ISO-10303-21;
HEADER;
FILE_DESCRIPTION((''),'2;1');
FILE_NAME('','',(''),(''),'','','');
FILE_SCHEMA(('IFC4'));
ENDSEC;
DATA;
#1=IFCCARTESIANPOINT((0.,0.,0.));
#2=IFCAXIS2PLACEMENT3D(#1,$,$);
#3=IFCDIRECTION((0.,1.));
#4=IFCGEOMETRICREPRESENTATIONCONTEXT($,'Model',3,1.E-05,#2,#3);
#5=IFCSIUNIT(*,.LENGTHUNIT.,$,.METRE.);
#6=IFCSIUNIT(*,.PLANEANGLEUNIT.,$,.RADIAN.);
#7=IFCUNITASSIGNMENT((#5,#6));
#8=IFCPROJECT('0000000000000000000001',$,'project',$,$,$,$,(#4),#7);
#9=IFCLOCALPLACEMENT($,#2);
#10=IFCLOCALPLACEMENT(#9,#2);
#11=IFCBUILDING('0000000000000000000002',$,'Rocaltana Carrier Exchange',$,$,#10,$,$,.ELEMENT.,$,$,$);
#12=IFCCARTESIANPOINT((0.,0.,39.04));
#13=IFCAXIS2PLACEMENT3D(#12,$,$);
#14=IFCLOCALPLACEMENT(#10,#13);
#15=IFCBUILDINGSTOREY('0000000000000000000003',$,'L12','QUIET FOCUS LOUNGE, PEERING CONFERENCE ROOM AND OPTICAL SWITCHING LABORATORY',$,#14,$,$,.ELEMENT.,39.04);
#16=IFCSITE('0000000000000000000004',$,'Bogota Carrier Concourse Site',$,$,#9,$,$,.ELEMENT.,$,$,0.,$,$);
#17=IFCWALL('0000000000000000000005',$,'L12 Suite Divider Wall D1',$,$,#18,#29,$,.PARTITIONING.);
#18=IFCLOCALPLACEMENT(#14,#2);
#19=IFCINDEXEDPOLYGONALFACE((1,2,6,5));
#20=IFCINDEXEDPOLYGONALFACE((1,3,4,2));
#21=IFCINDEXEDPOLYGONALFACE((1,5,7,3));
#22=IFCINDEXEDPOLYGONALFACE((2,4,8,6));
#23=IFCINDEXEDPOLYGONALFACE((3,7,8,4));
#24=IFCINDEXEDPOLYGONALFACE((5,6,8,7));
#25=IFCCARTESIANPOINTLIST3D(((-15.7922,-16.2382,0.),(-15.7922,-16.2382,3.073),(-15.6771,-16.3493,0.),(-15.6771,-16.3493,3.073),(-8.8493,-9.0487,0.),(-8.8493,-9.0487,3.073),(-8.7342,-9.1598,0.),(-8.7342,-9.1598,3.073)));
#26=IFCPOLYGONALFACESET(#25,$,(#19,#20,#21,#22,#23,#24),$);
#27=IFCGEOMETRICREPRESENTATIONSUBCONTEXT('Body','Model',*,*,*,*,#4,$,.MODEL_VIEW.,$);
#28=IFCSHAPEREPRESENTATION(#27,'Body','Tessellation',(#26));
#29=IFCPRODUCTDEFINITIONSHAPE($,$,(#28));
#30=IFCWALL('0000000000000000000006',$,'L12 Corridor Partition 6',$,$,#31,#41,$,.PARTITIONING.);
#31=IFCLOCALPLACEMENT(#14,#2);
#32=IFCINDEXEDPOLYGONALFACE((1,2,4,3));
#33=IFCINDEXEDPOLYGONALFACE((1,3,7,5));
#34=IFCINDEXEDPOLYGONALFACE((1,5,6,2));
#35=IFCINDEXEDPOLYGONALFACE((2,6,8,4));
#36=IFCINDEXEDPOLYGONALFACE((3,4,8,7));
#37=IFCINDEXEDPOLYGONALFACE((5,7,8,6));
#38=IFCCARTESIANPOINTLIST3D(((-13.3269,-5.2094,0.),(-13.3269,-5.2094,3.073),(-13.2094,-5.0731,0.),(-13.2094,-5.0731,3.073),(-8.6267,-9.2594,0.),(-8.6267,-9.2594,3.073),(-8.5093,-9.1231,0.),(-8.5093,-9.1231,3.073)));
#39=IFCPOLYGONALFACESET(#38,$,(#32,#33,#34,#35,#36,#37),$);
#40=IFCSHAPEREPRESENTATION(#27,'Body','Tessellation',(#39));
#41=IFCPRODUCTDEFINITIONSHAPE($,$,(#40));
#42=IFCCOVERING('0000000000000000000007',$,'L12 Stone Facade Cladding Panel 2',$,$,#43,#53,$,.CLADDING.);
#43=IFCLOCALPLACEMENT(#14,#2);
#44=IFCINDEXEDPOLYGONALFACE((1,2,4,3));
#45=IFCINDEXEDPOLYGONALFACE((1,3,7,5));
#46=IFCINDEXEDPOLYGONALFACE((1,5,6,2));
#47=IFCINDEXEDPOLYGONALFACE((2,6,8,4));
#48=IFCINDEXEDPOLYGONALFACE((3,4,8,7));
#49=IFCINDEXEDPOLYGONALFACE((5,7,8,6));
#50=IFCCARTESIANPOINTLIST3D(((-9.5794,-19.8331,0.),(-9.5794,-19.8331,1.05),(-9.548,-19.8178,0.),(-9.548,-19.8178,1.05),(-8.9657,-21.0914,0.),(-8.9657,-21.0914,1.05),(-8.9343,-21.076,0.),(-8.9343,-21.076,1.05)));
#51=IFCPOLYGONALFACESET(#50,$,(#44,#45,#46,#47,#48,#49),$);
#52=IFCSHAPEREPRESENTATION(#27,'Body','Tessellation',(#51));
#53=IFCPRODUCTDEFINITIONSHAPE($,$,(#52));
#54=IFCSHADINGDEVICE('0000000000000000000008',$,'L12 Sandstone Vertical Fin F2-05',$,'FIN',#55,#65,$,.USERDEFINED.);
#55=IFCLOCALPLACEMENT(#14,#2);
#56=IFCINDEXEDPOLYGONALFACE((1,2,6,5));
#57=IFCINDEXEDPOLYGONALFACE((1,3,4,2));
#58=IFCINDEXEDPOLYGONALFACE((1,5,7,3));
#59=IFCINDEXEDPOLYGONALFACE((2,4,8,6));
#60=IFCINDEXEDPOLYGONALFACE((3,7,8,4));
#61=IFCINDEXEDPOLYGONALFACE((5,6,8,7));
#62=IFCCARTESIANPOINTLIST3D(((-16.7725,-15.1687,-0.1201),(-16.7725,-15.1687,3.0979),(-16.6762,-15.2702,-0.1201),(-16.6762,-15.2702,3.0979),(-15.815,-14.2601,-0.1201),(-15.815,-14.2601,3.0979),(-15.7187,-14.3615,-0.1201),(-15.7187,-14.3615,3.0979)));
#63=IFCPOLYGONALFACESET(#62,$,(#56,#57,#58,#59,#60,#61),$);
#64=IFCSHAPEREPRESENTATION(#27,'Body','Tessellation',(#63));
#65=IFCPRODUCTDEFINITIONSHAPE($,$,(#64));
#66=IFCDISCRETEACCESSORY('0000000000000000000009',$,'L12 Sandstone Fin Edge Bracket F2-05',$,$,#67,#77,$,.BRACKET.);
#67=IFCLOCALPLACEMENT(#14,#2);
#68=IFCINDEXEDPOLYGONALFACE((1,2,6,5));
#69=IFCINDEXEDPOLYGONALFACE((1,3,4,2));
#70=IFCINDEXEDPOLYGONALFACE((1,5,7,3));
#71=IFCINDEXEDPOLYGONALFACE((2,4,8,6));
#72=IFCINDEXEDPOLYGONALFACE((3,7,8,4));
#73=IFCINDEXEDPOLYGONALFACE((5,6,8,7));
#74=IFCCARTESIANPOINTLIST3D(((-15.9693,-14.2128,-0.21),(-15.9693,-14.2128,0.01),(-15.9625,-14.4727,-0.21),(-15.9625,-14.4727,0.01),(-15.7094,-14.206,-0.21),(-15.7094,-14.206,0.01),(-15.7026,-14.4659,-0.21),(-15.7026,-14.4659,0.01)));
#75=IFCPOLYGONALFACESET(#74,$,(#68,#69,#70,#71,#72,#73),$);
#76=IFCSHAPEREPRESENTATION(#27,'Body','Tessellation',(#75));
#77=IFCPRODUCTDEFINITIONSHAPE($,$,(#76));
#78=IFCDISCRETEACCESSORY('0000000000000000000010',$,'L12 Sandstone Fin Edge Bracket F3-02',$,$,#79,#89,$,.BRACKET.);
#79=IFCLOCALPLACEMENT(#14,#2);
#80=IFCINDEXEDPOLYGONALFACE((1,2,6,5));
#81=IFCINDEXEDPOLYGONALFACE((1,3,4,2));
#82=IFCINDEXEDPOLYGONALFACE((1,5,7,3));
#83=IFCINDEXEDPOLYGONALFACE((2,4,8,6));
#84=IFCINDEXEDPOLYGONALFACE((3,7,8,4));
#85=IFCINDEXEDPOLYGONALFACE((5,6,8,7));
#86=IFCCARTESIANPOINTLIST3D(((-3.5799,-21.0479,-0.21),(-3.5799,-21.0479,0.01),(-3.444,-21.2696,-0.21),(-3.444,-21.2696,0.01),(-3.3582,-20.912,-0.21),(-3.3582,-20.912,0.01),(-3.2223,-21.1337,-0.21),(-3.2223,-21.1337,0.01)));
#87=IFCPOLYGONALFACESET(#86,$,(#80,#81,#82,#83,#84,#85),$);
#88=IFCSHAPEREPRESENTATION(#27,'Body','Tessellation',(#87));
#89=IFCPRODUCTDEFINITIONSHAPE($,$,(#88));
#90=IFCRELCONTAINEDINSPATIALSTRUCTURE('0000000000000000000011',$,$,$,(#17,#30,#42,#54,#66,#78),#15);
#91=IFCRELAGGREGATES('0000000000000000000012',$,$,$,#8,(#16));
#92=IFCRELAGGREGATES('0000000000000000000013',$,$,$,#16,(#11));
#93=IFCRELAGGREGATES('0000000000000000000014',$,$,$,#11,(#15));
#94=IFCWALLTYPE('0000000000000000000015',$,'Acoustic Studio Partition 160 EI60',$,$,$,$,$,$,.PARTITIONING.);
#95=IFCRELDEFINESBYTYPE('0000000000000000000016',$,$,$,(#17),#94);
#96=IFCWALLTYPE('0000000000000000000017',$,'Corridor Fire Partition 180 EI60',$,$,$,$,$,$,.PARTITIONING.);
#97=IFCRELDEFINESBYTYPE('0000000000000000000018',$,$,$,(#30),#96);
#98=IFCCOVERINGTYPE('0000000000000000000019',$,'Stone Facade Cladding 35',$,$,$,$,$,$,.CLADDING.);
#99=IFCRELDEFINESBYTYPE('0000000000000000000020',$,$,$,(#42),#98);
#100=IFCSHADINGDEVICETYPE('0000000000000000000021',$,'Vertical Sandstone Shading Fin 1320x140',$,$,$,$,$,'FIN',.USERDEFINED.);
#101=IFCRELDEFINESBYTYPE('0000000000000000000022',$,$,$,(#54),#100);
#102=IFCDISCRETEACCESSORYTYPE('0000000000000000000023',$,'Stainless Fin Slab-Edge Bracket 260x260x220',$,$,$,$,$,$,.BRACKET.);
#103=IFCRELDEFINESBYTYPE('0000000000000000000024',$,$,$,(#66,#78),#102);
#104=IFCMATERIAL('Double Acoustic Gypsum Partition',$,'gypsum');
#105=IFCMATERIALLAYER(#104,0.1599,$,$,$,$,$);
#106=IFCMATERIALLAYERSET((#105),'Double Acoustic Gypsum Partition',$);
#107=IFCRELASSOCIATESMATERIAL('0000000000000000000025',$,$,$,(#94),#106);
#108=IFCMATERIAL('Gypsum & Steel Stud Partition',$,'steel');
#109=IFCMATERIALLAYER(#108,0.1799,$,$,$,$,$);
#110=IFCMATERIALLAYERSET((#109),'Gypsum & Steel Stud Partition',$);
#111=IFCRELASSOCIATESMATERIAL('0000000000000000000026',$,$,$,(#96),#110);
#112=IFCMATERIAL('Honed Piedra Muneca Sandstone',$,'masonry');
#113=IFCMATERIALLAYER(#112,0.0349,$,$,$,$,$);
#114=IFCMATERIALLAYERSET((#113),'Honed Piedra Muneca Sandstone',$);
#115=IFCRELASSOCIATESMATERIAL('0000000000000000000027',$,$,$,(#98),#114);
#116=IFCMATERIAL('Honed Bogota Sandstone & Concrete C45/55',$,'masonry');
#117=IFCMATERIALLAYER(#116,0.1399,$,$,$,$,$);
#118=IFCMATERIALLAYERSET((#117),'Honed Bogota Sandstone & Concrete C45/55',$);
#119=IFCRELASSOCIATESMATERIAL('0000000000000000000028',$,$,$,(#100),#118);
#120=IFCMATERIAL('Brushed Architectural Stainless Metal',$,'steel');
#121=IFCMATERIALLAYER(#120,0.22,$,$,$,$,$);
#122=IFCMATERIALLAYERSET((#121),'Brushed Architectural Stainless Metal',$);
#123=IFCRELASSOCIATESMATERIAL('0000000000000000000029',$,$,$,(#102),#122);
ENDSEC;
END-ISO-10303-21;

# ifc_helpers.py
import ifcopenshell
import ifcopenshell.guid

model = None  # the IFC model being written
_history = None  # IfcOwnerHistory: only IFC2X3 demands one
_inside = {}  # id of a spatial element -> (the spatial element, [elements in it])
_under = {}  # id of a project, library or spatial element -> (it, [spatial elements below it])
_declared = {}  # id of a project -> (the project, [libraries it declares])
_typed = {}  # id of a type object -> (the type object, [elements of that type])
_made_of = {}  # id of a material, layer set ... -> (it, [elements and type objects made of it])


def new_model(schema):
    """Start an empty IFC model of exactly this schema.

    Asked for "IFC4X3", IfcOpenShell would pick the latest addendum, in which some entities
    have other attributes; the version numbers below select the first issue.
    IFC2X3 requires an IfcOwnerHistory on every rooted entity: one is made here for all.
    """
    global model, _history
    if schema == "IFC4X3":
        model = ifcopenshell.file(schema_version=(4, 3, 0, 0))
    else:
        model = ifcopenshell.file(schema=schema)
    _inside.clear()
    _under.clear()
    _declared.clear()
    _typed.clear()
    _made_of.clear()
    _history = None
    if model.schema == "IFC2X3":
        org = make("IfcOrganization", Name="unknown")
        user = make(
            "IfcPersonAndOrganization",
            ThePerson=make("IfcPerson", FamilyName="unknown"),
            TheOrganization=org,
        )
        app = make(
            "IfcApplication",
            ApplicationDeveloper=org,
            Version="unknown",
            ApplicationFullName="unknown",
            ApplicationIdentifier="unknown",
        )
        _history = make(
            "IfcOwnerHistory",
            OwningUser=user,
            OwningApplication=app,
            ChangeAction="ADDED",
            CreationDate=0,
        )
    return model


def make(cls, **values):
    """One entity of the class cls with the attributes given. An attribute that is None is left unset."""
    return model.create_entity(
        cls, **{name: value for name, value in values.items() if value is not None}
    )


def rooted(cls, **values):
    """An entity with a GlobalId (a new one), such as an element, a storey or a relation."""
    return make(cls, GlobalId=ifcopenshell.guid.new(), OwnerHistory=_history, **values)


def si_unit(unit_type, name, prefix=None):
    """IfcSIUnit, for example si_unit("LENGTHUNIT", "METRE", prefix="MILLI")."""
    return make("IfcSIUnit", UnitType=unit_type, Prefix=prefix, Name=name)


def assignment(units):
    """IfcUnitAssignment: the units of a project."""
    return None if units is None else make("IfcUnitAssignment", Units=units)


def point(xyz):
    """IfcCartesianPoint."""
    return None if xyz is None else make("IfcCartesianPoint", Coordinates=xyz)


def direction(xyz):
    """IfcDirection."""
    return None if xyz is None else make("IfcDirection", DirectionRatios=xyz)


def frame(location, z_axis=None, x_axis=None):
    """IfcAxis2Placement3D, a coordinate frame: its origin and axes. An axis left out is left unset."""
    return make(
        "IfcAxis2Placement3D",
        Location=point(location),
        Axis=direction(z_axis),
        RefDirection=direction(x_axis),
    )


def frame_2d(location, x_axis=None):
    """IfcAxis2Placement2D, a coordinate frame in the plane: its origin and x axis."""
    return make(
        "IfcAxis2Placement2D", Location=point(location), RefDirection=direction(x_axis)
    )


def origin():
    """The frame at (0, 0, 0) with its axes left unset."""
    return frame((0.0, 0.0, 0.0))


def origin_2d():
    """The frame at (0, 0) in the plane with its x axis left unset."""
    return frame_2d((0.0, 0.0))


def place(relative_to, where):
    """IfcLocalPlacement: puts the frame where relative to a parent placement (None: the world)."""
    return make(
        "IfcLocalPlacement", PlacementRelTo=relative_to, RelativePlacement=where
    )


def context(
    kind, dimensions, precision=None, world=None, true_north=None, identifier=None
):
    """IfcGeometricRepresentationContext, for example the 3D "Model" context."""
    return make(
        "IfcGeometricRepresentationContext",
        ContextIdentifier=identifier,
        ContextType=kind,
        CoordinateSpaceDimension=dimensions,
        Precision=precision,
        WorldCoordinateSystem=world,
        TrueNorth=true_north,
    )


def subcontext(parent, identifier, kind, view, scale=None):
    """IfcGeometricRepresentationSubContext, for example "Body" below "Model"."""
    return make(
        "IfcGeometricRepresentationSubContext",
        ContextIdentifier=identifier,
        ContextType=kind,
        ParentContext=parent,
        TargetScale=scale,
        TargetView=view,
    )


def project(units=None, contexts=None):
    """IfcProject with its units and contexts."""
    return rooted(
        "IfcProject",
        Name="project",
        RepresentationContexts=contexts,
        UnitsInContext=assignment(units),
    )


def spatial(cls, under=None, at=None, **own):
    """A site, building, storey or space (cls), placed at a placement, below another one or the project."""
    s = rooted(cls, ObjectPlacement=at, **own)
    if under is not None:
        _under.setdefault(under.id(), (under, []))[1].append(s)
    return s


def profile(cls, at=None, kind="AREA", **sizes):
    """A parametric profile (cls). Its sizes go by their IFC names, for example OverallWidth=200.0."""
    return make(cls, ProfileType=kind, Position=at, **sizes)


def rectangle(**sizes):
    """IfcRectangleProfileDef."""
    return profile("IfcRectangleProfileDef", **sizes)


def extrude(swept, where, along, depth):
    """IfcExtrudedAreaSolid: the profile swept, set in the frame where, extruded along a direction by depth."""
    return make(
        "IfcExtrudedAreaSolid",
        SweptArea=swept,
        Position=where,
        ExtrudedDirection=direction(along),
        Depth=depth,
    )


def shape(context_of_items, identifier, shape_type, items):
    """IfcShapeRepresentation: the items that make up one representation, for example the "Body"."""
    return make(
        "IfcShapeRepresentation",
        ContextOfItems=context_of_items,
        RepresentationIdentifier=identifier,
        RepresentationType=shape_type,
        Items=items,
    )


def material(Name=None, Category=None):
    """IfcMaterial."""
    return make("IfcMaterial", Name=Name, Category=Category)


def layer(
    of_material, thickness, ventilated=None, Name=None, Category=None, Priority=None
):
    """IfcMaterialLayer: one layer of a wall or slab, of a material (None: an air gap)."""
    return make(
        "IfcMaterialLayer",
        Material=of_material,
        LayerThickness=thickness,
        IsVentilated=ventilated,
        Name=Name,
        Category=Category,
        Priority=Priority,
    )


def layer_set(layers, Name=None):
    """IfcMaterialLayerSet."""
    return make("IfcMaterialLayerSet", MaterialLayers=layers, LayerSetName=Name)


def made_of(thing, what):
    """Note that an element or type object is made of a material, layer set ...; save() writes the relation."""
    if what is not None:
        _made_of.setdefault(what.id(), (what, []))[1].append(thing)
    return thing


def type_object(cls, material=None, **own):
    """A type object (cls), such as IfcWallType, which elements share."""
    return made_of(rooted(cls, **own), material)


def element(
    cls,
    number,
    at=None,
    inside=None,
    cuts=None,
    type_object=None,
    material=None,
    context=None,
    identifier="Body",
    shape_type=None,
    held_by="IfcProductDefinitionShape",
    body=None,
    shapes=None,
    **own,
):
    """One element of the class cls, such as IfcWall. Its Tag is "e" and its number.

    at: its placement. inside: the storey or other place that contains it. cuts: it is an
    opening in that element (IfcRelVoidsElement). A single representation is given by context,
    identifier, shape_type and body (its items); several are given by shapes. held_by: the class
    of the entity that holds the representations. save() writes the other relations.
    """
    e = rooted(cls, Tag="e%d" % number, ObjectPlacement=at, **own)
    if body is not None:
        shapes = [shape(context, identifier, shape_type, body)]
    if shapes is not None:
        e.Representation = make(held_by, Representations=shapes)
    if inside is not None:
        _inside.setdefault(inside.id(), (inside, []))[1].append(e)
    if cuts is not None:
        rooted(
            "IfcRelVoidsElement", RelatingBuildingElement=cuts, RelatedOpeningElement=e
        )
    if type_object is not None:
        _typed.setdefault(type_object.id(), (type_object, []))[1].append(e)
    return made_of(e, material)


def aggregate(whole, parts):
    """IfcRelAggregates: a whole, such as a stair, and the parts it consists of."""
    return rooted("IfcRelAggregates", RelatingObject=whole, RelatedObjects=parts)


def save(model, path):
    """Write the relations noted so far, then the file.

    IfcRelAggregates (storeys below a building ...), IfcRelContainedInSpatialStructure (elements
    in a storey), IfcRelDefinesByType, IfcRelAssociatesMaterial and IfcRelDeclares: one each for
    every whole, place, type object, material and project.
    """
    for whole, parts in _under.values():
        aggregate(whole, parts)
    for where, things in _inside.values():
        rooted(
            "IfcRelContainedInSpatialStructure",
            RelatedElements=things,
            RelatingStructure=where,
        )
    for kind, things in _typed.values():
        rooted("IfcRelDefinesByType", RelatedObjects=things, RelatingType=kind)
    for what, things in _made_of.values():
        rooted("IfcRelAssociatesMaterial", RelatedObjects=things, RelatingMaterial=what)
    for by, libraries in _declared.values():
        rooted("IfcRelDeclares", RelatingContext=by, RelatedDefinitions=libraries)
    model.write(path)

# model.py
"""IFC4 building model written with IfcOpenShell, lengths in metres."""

from ifc_helpers import new_model, si_unit, direction, frame, frame_2d, origin, origin_2d, place, context, subcontext, project, spatial, rectangle, extrude, material, layer, layer_set, type_object, element, save


model = new_model("IFC4")

# Units and contexts
model_context = context("Model", 3, precision=1e-05, world=origin(), true_north=direction((0.0, 1.0)))
body_context = subcontext(model_context, "Body", "Model", "MODEL_VIEW")
ifc_project = project(units=[si_unit("LENGTHUNIT", "METRE"), si_unit("PLANEANGLEUNIT", "RADIAN")], contexts=[model_context])

# Site, building, storey
site_placement = place(None, origin())
site = spatial("IfcSite", under=ifc_project, at=site_placement, Name="Bogota Carrier Concourse Site", CompositionType="ELEMENT", RefElevation=0.0)
building_placement = place(site_placement, origin())
building = spatial("IfcBuilding", under=site, at=building_placement, Name="Rocaltana Carrier Exchange", CompositionType="ELEMENT")
storey_placement = place(building_placement, frame((0.0, 0.0, 39.04)))
storey = spatial("IfcBuildingStorey", under=building, at=storey_placement, Name="L12", Description="QUIET FOCUS LOUNGE, PEERING CONFERENCE ROOM AND OPTICAL SWITCHING LABORATORY", CompositionType="ELEMENT", Elevation=39.04)

# Walls
ifc_material_1 = material(Name="Double Acoustic Gypsum Partition", Category="gypsum")
ifc_layer_1 = layer(ifc_material_1, 0.1599)
ifc_layer_set_1 = layer_set([ifc_layer_1], Name="Double Acoustic Gypsum Partition")
wall_type_1 = type_object("IfcWallType", Name="Acoustic Studio Partition 160 EI60", PredefinedType="PARTITIONING", material=ifc_layer_set_1)
wall_1_placement = place(storey_placement, frame((-8.7917, -9.1042, 0.0), z_axis=(0.0, 0.0, 1.0), x_axis=(-0.694663, -0.719335, 0.0)))
element("IfcWall", 1, at=wall_1_placement, inside=storey, type_object=wall_type_1, Name="L12 Suite Divider Wall D1", PredefinedType="PARTITIONING", context=body_context, shape_type="SweptSolid", body=[
    extrude(rectangle(XDim=9.9946, YDim=0.1599, at=frame_2d((4.9973, 0.0))), origin(), (0.0, 0.0, 1.0), 3.073),
])
ifc_material_2 = material(Name="Gypsum & Steel Stud Partition", Category="steel")
ifc_layer_2 = layer(ifc_material_2, 0.1799)
ifc_layer_set_2 = layer_set([ifc_layer_2], Name="Gypsum & Steel Stud Partition")
wall_type_2 = type_object("IfcWallType", Name="Corridor Fire Partition 180 EI60", PredefinedType="PARTITIONING", material=ifc_layer_set_2)
wall_2_placement = place(storey_placement, frame((-8.5681, -9.1912, 0.0), z_axis=(0.0, 0.0, 1.0), x_axis=(-0.757557, 0.652769, 0.0)))
element("IfcWall", 2, at=wall_2_placement, inside=storey, type_object=wall_type_2, Name="L12 Corridor Partition 6", PredefinedType="PARTITIONING", context=body_context, shape_type="SweptSolid", body=[
    extrude(rectangle(XDim=6.2043, YDim=0.1799, at=frame_2d((3.1021, 0.0))), origin(), (0.0, 0.0, 1.0), 3.073),
])

# Covering
ifc_material_3 = material(Name="Honed Piedra Muneca Sandstone", Category="masonry")
ifc_layer_3 = layer(ifc_material_3, 0.0349)
ifc_layer_set_3 = layer_set([ifc_layer_3], Name="Honed Piedra Muneca Sandstone")
covering_type = type_object("IfcCoveringType", Name="Stone Facade Cladding 35", PredefinedType="CLADDING", material=ifc_layer_set_3)
covering_placement = place(storey_placement, frame((-9.2568, -20.4546, 0.0), z_axis=(0.0, 0.0, 1.0), x_axis=(-0.438371, 0.898794, 0.0)))
element("IfcCovering", 3, at=covering_placement, inside=storey, type_object=covering_type, Name="L12 Stone Facade Cladding Panel 2", PredefinedType="CLADDING", context=body_context, shape_type="SweptSolid", body=[
    extrude(rectangle(XDim=1.3999, YDim=0.0349, at=origin_2d()), origin(), (0.0, 0.0, 1.0), 1.05),
])

# Shading device
ifc_material_4 = material(Name="Honed Bogota Sandstone & Concrete C45/55", Category="masonry")
ifc_layer_4 = layer(ifc_material_4, 0.1399)
ifc_layer_set_4 = layer_set([ifc_layer_4], Name="Honed Bogota Sandstone & Concrete C45/55")
shading_device_type = type_object("IfcShadingDeviceType", Name="Vertical Sandstone Shading Fin 1320x140", ElementType="FIN", PredefinedType="USERDEFINED", material=ifc_layer_set_4)
shading_device_placement = place(storey_placement, frame((-16.2456, -14.7651, -0.1201), z_axis=(0.0, 0.0, 1.0), x_axis=(-0.725374, -0.688355, 0.0)))
element("IfcShadingDevice", 4, at=shading_device_placement, inside=storey, type_object=shading_device_type, Name="L12 Sandstone Vertical Fin F2-05", ObjectType="FIN", PredefinedType="USERDEFINED", context=body_context, shape_type="SweptSolid", body=[
    extrude(rectangle(XDim=1.3201, YDim=0.1399, at=origin_2d()), origin(), (0.0, 0.0, 1.0), 3.218),
])

# Discrete accessories
ifc_material_5 = material(Name="Brushed Architectural Stainless Metal", Category="steel")
ifc_layer_5 = layer(ifc_material_5, 0.22)
ifc_layer_set_5 = layer_set([ifc_layer_5], Name="Brushed Architectural Stainless Metal")
discrete_accessory_type = type_object("IfcDiscreteAccessoryType", Name="Stainless Fin Slab-Edge Bracket 260x260x220", PredefinedType="BRACKET", material=ifc_layer_set_5)
for number, where, z_axis, x_axis, name in (
    (5, (-15.8359, -14.3394, -0.21), (0.0, 0.0, 1.0), (0.026177, -0.999657, 0.0), "L12 Sandstone Fin Edge Bracket F2-05"),
    (6, (-3.4011, -21.0908, -0.21), (0.0, 0.0, 1.0), (0.85264, 0.522499, 0.0), "L12 Sandstone Fin Edge Bracket F3-02"),
):
    element("IfcDiscreteAccessory", number, at=place(storey_placement, frame(where, z_axis=z_axis, x_axis=x_axis)), inside=storey, type_object=discrete_accessory_type, Name=name, PredefinedType="BRACKET", context=body_context, shape_type="SweptSolid", body=[
        extrude(rectangle(XDim=0.26, YDim=0.26, at=origin_2d()), origin(), (0.0, 0.0, 1.0), 0.22),
    ])

save(model, "model.ifc")
